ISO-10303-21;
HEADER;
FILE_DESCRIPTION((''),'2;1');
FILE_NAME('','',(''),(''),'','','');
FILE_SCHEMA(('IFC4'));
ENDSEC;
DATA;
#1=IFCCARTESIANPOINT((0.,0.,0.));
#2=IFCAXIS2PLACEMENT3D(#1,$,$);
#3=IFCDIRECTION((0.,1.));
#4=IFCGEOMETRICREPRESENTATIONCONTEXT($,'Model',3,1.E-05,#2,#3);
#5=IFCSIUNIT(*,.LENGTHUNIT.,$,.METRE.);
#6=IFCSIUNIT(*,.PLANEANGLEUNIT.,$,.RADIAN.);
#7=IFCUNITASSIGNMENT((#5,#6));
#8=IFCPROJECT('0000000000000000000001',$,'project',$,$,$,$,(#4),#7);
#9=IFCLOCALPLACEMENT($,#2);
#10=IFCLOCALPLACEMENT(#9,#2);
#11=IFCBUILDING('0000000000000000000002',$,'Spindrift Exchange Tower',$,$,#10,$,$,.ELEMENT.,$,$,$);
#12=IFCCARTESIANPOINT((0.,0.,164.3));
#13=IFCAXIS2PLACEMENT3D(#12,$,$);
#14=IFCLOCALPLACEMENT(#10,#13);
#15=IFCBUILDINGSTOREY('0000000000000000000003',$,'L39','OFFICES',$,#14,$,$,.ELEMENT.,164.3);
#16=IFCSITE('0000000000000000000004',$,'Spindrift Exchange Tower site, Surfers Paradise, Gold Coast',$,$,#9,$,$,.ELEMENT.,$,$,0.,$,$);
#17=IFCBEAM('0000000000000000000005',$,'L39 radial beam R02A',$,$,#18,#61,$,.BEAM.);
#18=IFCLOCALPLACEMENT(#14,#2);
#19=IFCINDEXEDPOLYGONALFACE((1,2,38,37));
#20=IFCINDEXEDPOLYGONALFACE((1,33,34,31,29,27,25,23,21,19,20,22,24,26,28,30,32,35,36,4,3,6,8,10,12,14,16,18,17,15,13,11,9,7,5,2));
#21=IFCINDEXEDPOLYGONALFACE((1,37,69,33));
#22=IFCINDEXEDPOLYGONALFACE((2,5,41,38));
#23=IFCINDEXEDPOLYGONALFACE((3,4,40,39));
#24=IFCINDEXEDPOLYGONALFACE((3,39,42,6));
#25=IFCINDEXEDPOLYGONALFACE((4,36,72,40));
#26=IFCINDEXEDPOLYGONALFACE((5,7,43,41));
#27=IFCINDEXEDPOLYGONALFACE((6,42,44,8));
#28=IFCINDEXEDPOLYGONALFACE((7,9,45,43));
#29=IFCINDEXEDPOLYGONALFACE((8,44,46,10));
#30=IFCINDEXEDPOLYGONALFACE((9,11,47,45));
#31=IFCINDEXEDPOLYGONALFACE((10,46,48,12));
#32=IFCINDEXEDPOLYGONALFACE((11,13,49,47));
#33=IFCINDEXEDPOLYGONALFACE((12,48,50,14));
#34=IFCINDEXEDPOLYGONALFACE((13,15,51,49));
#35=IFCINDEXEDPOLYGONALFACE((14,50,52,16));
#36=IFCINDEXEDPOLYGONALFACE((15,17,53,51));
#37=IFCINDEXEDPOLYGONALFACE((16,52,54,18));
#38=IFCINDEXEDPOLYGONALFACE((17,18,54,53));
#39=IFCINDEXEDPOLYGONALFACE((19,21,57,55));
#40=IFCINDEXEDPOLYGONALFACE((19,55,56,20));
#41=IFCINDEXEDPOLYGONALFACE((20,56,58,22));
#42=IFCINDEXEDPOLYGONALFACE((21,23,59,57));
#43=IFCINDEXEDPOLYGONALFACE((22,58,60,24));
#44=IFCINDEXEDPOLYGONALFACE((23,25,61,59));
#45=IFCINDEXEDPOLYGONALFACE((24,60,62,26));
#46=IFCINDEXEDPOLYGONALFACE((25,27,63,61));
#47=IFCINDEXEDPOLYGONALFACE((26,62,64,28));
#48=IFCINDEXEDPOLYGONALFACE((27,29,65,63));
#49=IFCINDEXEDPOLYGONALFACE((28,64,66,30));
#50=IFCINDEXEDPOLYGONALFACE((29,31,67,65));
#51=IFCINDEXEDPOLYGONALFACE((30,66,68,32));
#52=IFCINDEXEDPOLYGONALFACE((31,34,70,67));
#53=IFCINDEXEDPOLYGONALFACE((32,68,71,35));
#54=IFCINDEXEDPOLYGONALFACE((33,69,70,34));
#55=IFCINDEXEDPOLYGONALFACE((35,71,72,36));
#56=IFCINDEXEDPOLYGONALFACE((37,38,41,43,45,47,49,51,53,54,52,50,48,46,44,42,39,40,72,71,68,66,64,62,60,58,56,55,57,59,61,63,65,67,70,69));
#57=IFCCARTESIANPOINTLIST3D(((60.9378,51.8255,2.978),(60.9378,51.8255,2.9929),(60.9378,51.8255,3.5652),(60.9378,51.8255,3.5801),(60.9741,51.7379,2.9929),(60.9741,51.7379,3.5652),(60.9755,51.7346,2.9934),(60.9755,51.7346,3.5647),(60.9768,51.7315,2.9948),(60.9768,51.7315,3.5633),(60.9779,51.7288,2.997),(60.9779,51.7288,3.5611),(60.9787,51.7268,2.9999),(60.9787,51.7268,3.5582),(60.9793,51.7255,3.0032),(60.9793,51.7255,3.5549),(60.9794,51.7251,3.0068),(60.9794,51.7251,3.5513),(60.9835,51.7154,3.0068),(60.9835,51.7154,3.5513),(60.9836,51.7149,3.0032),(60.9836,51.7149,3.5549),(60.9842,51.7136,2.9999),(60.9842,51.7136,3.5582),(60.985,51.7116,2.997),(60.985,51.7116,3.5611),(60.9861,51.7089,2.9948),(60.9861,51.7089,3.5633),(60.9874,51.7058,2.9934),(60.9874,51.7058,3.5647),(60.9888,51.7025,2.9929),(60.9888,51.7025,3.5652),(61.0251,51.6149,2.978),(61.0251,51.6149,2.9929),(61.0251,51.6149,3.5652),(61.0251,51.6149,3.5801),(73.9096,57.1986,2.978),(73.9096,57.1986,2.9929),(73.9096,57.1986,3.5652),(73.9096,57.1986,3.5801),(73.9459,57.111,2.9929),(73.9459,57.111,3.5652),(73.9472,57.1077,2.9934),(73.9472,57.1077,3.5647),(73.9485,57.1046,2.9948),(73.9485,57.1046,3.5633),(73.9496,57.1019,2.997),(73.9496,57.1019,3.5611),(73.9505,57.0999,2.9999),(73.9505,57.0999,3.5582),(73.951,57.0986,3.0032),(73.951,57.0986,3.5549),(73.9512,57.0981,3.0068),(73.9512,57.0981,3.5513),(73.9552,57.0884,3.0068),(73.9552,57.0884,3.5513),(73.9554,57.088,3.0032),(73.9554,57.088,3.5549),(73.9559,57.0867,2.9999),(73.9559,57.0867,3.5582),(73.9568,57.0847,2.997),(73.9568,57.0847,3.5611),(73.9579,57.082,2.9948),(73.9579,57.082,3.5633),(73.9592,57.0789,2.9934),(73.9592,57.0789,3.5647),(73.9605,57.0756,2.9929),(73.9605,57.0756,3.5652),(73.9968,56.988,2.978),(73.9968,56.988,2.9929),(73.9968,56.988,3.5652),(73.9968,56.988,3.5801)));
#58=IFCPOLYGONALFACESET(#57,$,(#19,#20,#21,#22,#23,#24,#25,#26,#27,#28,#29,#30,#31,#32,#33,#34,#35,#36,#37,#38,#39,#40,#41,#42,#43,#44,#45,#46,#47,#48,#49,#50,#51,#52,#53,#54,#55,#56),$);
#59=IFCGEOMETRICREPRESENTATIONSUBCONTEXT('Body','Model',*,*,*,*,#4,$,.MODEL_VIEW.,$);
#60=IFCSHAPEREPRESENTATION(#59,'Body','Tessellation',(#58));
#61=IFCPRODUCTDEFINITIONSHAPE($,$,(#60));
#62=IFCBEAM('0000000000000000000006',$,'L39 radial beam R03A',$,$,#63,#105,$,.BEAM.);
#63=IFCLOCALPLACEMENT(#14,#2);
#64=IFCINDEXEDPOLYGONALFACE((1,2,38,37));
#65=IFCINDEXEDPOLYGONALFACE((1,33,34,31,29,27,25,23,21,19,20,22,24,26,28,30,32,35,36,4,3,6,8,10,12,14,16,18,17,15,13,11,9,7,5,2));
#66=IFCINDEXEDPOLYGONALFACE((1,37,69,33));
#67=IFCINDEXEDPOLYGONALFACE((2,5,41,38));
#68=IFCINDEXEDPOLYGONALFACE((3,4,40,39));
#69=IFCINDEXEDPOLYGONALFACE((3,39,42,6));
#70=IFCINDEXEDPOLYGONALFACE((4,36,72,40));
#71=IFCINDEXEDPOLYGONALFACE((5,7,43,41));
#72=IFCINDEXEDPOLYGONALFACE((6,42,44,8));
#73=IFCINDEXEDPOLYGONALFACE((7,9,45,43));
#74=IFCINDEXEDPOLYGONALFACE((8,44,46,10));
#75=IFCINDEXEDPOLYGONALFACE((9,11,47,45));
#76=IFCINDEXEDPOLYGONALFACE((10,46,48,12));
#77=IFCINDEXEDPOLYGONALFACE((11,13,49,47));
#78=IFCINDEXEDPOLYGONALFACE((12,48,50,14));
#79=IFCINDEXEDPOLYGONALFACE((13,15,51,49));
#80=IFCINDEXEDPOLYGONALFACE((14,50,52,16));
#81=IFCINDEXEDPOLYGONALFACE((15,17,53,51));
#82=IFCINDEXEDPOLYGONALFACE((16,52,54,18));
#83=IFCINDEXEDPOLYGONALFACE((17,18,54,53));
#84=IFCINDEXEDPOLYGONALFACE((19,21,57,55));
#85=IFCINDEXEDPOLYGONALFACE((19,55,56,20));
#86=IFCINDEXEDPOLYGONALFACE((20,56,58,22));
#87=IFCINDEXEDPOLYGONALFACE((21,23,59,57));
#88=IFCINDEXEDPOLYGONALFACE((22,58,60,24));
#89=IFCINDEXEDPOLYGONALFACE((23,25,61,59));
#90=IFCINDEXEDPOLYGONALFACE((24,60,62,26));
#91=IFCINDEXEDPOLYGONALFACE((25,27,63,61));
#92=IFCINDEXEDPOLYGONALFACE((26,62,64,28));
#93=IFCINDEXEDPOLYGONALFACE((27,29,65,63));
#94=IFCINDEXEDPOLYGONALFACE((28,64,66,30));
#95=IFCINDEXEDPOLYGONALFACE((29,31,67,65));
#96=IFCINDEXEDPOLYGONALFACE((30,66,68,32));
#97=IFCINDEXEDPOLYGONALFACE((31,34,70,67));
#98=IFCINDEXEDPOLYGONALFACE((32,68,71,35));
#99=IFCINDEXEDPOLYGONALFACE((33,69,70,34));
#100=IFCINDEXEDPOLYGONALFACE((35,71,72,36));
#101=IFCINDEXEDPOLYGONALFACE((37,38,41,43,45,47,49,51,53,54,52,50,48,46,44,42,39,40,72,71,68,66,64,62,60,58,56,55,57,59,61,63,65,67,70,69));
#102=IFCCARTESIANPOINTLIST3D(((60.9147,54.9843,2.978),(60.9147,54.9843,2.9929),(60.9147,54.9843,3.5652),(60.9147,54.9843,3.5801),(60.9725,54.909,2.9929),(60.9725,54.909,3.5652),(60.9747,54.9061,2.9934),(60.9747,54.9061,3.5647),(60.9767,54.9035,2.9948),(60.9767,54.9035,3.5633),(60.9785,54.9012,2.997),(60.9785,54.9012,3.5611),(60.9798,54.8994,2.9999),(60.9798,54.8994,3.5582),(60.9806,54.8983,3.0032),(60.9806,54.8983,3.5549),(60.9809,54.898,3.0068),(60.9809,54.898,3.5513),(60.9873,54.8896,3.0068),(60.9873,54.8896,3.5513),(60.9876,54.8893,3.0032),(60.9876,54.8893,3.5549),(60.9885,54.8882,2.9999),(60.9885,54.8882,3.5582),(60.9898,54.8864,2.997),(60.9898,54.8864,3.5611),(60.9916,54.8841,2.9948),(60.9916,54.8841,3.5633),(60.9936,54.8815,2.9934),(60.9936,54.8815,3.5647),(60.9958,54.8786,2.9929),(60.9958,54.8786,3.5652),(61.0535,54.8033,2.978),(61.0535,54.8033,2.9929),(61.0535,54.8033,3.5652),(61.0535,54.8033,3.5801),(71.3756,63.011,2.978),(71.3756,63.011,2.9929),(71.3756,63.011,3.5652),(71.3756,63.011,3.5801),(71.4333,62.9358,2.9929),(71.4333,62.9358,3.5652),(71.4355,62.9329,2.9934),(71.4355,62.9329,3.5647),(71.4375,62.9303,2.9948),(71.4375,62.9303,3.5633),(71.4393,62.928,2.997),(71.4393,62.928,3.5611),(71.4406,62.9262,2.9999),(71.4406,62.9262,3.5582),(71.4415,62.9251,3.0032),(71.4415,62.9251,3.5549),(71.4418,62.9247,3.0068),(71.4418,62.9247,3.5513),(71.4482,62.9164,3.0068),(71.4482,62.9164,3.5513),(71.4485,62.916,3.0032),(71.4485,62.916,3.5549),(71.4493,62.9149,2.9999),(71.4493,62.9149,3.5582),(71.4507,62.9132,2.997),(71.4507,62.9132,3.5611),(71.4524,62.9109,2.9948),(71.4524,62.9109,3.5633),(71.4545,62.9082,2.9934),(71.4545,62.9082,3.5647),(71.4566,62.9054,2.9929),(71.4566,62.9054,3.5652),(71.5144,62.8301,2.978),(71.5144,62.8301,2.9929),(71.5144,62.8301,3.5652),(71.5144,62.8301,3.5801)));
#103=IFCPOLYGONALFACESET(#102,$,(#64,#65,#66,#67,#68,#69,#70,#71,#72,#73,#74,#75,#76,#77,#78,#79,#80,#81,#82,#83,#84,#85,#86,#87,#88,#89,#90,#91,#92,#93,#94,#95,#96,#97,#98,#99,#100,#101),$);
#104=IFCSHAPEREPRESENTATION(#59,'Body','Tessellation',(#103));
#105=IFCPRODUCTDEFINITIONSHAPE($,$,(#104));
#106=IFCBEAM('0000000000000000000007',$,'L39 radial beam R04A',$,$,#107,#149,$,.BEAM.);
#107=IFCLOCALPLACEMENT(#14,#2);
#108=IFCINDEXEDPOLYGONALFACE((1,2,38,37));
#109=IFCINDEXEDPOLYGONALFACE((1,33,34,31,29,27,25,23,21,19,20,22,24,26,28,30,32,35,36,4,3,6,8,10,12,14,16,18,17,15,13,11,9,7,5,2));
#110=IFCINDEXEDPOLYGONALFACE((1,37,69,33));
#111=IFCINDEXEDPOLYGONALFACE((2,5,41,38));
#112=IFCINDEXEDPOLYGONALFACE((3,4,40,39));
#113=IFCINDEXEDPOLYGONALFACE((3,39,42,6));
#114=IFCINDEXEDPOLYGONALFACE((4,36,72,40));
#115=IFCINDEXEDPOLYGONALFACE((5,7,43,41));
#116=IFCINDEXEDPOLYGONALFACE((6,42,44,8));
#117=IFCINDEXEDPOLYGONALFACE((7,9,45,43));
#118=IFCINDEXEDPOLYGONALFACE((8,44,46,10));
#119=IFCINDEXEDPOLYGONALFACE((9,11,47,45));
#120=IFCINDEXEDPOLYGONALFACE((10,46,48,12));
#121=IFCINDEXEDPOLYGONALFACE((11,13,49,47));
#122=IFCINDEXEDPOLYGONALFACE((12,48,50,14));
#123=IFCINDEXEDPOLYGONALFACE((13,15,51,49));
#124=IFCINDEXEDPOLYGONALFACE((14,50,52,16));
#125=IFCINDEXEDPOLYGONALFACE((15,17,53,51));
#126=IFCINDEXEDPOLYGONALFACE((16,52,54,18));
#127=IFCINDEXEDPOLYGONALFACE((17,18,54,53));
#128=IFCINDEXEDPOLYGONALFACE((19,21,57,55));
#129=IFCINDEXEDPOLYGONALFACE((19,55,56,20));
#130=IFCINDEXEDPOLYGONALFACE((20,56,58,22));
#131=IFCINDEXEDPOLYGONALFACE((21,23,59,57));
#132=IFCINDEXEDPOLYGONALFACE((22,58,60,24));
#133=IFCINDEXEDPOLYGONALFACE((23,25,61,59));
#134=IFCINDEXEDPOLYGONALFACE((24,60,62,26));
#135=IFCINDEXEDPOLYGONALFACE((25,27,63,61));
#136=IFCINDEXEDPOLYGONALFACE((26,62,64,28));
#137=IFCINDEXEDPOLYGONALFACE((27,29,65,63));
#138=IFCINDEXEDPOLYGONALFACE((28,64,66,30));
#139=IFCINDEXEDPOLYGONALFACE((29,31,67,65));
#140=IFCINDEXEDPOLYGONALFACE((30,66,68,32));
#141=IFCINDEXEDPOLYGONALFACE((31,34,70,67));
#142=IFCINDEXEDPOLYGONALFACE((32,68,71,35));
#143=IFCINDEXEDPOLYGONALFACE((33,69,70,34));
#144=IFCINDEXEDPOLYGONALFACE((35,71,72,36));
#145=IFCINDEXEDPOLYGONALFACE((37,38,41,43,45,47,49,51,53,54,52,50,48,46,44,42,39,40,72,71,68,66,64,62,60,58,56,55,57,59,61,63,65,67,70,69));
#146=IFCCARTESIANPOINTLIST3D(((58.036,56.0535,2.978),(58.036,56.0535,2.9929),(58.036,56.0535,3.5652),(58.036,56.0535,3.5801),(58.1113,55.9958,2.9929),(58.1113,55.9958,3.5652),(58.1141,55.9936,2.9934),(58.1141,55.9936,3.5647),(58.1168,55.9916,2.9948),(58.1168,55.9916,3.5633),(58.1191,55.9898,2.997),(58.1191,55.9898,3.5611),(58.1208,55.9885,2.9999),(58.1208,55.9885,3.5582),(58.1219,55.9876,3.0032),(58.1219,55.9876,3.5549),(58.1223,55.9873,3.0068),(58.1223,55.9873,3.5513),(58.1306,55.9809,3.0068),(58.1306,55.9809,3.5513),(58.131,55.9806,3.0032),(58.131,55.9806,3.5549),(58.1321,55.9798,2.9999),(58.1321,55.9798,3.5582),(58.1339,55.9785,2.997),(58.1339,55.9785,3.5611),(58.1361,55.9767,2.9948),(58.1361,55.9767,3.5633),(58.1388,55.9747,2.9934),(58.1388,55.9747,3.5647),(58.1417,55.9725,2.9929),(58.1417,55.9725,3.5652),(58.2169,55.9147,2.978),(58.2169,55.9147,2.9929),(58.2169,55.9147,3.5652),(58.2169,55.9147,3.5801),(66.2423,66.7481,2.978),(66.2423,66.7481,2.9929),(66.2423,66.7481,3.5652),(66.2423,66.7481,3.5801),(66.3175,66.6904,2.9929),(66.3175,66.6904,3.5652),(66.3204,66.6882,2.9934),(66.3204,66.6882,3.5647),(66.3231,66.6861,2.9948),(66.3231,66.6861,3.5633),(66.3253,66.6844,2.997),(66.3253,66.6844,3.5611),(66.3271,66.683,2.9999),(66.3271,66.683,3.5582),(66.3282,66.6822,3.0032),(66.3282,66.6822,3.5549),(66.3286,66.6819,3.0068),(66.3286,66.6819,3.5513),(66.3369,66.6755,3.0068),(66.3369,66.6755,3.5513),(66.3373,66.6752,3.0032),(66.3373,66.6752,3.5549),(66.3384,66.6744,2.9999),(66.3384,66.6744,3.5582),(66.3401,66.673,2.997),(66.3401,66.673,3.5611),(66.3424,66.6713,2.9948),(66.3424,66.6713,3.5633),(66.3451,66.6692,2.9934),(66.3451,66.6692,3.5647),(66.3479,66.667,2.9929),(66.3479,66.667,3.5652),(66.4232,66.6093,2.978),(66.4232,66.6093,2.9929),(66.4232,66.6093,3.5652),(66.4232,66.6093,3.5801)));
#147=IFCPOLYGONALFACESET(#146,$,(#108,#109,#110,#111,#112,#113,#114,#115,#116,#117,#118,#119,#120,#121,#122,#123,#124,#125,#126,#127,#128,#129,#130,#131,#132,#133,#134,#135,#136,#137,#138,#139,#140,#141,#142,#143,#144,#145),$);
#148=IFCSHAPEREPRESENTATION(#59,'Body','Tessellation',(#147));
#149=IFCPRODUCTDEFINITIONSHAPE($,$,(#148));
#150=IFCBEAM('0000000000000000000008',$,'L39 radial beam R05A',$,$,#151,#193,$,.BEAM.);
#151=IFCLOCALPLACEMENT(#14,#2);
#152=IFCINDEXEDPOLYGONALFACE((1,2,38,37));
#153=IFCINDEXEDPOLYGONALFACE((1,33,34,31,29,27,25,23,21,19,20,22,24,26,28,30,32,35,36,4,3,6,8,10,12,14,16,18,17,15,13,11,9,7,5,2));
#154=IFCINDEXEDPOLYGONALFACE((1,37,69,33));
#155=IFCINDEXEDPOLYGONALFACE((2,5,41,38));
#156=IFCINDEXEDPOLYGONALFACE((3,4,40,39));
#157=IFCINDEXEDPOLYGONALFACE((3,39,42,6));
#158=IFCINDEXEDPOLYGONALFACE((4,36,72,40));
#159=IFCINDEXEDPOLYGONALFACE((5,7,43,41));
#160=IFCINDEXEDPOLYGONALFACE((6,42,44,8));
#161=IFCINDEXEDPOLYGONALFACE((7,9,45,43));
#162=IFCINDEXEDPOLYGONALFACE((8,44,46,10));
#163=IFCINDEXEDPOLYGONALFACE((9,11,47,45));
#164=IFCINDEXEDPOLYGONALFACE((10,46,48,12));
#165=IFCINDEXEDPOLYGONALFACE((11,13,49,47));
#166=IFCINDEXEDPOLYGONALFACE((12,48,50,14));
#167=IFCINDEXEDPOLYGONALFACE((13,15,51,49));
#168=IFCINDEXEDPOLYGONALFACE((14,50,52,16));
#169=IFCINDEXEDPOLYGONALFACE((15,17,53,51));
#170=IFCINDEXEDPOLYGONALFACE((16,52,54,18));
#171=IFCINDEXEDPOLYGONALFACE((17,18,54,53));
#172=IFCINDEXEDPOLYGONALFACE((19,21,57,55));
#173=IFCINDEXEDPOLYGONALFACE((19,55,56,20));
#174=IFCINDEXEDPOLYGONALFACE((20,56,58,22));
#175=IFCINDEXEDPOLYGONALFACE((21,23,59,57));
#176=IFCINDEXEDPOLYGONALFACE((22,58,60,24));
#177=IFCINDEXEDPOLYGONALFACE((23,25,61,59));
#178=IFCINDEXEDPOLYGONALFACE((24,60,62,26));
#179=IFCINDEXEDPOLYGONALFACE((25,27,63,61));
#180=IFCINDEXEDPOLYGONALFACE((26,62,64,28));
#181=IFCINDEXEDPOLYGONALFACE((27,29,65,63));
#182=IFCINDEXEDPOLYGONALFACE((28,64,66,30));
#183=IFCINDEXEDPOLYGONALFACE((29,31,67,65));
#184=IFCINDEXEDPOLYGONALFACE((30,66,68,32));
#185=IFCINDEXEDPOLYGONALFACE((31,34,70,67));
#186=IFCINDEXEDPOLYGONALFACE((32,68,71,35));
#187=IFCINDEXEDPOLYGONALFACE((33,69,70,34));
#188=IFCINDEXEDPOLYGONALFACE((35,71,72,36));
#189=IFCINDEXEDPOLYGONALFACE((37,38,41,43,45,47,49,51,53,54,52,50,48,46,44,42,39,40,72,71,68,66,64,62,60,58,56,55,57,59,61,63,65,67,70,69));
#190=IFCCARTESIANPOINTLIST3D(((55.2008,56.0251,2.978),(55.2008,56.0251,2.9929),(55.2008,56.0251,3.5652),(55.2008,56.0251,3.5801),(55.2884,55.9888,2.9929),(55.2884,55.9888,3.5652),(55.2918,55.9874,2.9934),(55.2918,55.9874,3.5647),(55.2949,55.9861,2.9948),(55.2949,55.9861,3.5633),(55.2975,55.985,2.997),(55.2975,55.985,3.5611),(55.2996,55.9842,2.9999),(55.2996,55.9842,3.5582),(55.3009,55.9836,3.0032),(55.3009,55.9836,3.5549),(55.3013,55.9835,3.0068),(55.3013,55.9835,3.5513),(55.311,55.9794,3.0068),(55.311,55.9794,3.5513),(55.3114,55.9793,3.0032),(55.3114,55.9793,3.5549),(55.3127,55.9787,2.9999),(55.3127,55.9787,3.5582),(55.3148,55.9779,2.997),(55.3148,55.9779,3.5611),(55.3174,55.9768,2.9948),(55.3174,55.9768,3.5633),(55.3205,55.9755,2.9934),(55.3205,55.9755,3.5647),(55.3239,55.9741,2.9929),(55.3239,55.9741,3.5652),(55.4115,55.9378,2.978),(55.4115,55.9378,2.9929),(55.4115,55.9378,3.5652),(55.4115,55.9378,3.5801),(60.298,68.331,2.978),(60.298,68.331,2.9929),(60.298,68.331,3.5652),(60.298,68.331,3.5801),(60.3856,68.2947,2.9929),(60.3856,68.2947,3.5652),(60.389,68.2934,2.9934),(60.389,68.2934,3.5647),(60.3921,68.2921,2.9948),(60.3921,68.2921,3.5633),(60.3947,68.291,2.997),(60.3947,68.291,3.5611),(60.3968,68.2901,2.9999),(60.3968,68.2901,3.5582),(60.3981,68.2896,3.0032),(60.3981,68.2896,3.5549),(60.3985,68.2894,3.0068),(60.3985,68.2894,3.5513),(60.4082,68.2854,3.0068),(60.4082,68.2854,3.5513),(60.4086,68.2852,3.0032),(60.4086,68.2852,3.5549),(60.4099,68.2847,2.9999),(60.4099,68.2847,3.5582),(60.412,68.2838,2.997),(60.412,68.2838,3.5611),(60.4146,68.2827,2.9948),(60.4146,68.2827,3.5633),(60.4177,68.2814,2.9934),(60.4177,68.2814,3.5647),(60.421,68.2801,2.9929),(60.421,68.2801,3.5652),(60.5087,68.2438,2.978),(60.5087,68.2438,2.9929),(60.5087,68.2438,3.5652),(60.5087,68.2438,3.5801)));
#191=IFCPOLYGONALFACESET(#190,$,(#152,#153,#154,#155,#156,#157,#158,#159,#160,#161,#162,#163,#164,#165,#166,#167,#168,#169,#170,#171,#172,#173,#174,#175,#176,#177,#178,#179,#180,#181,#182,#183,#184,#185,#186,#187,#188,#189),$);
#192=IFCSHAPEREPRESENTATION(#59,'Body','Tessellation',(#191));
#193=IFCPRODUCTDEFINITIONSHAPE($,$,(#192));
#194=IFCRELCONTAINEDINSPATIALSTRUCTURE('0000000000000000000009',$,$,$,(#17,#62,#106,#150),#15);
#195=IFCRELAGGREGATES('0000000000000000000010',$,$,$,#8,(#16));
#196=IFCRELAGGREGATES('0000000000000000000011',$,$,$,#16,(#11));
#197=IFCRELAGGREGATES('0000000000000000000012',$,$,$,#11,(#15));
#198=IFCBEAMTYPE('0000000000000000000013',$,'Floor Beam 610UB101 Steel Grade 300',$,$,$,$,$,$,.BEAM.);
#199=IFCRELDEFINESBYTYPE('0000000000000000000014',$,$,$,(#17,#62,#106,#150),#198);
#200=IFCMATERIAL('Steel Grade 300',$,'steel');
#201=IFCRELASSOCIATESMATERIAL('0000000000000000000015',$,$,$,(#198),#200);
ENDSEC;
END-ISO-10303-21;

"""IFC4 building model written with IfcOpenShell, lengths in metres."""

from ifc_helpers import new_model, si_unit, direction, frame, origin, origin_2d, place, context, subcontext, project, spatial, i_section, extrude, source, transform, mapped, material, material_profile, profile_set, type_object, element, save


model = new_model("IFC4")

# Units and contexts
model_context = context("Model", 3, precision=1e-05, world=origin(), true_north=direction((0.0, 1.0)))
body_context = subcontext(model_context, "Body", "Model", "MODEL_VIEW")
ifc_project = project(units=[si_unit("LENGTHUNIT", "METRE"), si_unit("PLANEANGLEUNIT", "RADIAN")], contexts=[model_context])

# Site, building, storey
site_placement = place(None, origin())
site = spatial("IfcSite", under=ifc_project, at=site_placement, Name="Spindrift Exchange Tower site, Surfers Paradise, Gold Coast", CompositionType="ELEMENT", RefElevation=0.0)
building_placement = place(site_placement, origin())
building = spatial("IfcBuilding", under=site, at=building_placement, Name="Spindrift Exchange Tower", CompositionType="ELEMENT")
storey_placement = place(building_placement, frame((0.0, 0.0, 164.3)))
storey = spatial("IfcBuildingStorey", under=building, at=storey_placement, Name="L39", Description="OFFICES", CompositionType="ELEMENT", Elevation=164.3)

# Beams
ifc_material_1 = material(Name="Steel Grade 300", Category="steel")
ifc_material_profile = material_profile(ifc_material_1, i_section(OverallWidth=0.228, OverallDepth=0.6021, WebThickness=0.0105, FlangeThickness=0.0149, FilletRadius=0.0139, at=origin_2d()), Name="610UB101")
ifc_profile_set = profile_set([ifc_material_profile], Name="Steel Grade 300")
beam_type = type_object("IfcBeamType", Name="Floor Beam 610UB101 Steel Grade 300", PredefinedType="BEAM", material=ifc_profile_set)
shared_shape_1 = source(origin(), body_context, "Body", "SweptSolid", [
    extrude(i_section(OverallWidth=0.228, OverallDepth=0.6021, WebThickness=0.0105, FlangeThickness=0.0149, FilletRadius=0.0139, at=origin_2d()), origin(), (0.0, 0.0, 1.0), 14.0405),
])
beam_1_placement = place(storey_placement, frame((60.9814, 51.7202, 3.2791), z_axis=(0.92388, 0.382684, 0.0), x_axis=(-0.382684, 0.92388, 0.0)))
element("IfcBeam", 1, at=beam_1_placement, inside=storey, type_object=beam_type, Name="L39 radial beam R02A", PredefinedType="BEAM", context=body_context, shape_type="MappedRepresentation", body=[
    mapped(shared_shape_1, transform((0.0, 0.0, 0.0), scale=1.0)),
])
shared_shape_2 = source(origin(), body_context, "Body", "SweptSolid", [
    extrude(i_section(OverallWidth=0.228, OverallDepth=0.6021, WebThickness=0.0105, FlangeThickness=0.0149, FilletRadius=0.0139, at=origin_2d()), origin(), (0.0, 0.0, 1.0), 13.1855),
])
beam_2_placement = place(storey_placement, frame((60.9841, 54.8938, 3.2791), z_axis=(0.793357, 0.608756, 0.0), x_axis=(-0.608756, 0.793357, 0.0)))
element("IfcBeam", 2, at=beam_2_placement, inside=storey, type_object=beam_type, Name="L39 radial beam R03A", PredefinedType="BEAM", context=body_context, shape_type="MappedRepresentation", body=[
    mapped(shared_shape_2, transform((0.0, 0.0, 0.0), scale=1.0)),
])
shared_shape_3 = source(origin(), body_context, "Body", "SweptSolid", [
    extrude(i_section(OverallWidth=0.228, OverallDepth=0.6021, WebThickness=0.0105, FlangeThickness=0.0149, FilletRadius=0.0139, at=origin_2d()), origin(), (0.0, 0.0, 1.0), 13.4802),
])
beam_3_placement = place(storey_placement, frame((58.1265, 55.9841, 3.2791), z_axis=(0.608764, 0.793351, 0.0), x_axis=(-0.793351, 0.608764, 0.0)))
element("IfcBeam", 3, at=beam_3_placement, inside=storey, type_object=beam_type, Name="L39 radial beam R04A", PredefinedType="BEAM", context=body_context, shape_type="MappedRepresentation", body=[
    mapped(shared_shape_3, transform((0.0, 0.0, 0.0), scale=1.0)),
])
shared_shape_4 = source(origin(), body_context, "Body", "SweptSolid", [
    extrude(i_section(OverallWidth=0.228, OverallDepth=0.6021, WebThickness=0.0105, FlangeThickness=0.0149, FilletRadius=0.0139, at=origin_2d()), origin(), (0.0, 0.0, 1.0), 13.3198),
])
beam_4_placement = place(storey_placement, frame((55.3062, 55.9814, 3.2791), z_axis=(0.382677, 0.923882, 0.0), x_axis=(-0.923882, 0.382677, 0.0)))
element("IfcBeam", 4, at=beam_4_placement, inside=storey, type_object=beam_type, Name="L39 radial beam R05A", PredefinedType="BEAM", context=body_context, shape_type="MappedRepresentation", body=[
    mapped(shared_shape_4, transform((0.0, 0.0, 0.0), scale=1.0)),
])

save(model, "model.ifc")
